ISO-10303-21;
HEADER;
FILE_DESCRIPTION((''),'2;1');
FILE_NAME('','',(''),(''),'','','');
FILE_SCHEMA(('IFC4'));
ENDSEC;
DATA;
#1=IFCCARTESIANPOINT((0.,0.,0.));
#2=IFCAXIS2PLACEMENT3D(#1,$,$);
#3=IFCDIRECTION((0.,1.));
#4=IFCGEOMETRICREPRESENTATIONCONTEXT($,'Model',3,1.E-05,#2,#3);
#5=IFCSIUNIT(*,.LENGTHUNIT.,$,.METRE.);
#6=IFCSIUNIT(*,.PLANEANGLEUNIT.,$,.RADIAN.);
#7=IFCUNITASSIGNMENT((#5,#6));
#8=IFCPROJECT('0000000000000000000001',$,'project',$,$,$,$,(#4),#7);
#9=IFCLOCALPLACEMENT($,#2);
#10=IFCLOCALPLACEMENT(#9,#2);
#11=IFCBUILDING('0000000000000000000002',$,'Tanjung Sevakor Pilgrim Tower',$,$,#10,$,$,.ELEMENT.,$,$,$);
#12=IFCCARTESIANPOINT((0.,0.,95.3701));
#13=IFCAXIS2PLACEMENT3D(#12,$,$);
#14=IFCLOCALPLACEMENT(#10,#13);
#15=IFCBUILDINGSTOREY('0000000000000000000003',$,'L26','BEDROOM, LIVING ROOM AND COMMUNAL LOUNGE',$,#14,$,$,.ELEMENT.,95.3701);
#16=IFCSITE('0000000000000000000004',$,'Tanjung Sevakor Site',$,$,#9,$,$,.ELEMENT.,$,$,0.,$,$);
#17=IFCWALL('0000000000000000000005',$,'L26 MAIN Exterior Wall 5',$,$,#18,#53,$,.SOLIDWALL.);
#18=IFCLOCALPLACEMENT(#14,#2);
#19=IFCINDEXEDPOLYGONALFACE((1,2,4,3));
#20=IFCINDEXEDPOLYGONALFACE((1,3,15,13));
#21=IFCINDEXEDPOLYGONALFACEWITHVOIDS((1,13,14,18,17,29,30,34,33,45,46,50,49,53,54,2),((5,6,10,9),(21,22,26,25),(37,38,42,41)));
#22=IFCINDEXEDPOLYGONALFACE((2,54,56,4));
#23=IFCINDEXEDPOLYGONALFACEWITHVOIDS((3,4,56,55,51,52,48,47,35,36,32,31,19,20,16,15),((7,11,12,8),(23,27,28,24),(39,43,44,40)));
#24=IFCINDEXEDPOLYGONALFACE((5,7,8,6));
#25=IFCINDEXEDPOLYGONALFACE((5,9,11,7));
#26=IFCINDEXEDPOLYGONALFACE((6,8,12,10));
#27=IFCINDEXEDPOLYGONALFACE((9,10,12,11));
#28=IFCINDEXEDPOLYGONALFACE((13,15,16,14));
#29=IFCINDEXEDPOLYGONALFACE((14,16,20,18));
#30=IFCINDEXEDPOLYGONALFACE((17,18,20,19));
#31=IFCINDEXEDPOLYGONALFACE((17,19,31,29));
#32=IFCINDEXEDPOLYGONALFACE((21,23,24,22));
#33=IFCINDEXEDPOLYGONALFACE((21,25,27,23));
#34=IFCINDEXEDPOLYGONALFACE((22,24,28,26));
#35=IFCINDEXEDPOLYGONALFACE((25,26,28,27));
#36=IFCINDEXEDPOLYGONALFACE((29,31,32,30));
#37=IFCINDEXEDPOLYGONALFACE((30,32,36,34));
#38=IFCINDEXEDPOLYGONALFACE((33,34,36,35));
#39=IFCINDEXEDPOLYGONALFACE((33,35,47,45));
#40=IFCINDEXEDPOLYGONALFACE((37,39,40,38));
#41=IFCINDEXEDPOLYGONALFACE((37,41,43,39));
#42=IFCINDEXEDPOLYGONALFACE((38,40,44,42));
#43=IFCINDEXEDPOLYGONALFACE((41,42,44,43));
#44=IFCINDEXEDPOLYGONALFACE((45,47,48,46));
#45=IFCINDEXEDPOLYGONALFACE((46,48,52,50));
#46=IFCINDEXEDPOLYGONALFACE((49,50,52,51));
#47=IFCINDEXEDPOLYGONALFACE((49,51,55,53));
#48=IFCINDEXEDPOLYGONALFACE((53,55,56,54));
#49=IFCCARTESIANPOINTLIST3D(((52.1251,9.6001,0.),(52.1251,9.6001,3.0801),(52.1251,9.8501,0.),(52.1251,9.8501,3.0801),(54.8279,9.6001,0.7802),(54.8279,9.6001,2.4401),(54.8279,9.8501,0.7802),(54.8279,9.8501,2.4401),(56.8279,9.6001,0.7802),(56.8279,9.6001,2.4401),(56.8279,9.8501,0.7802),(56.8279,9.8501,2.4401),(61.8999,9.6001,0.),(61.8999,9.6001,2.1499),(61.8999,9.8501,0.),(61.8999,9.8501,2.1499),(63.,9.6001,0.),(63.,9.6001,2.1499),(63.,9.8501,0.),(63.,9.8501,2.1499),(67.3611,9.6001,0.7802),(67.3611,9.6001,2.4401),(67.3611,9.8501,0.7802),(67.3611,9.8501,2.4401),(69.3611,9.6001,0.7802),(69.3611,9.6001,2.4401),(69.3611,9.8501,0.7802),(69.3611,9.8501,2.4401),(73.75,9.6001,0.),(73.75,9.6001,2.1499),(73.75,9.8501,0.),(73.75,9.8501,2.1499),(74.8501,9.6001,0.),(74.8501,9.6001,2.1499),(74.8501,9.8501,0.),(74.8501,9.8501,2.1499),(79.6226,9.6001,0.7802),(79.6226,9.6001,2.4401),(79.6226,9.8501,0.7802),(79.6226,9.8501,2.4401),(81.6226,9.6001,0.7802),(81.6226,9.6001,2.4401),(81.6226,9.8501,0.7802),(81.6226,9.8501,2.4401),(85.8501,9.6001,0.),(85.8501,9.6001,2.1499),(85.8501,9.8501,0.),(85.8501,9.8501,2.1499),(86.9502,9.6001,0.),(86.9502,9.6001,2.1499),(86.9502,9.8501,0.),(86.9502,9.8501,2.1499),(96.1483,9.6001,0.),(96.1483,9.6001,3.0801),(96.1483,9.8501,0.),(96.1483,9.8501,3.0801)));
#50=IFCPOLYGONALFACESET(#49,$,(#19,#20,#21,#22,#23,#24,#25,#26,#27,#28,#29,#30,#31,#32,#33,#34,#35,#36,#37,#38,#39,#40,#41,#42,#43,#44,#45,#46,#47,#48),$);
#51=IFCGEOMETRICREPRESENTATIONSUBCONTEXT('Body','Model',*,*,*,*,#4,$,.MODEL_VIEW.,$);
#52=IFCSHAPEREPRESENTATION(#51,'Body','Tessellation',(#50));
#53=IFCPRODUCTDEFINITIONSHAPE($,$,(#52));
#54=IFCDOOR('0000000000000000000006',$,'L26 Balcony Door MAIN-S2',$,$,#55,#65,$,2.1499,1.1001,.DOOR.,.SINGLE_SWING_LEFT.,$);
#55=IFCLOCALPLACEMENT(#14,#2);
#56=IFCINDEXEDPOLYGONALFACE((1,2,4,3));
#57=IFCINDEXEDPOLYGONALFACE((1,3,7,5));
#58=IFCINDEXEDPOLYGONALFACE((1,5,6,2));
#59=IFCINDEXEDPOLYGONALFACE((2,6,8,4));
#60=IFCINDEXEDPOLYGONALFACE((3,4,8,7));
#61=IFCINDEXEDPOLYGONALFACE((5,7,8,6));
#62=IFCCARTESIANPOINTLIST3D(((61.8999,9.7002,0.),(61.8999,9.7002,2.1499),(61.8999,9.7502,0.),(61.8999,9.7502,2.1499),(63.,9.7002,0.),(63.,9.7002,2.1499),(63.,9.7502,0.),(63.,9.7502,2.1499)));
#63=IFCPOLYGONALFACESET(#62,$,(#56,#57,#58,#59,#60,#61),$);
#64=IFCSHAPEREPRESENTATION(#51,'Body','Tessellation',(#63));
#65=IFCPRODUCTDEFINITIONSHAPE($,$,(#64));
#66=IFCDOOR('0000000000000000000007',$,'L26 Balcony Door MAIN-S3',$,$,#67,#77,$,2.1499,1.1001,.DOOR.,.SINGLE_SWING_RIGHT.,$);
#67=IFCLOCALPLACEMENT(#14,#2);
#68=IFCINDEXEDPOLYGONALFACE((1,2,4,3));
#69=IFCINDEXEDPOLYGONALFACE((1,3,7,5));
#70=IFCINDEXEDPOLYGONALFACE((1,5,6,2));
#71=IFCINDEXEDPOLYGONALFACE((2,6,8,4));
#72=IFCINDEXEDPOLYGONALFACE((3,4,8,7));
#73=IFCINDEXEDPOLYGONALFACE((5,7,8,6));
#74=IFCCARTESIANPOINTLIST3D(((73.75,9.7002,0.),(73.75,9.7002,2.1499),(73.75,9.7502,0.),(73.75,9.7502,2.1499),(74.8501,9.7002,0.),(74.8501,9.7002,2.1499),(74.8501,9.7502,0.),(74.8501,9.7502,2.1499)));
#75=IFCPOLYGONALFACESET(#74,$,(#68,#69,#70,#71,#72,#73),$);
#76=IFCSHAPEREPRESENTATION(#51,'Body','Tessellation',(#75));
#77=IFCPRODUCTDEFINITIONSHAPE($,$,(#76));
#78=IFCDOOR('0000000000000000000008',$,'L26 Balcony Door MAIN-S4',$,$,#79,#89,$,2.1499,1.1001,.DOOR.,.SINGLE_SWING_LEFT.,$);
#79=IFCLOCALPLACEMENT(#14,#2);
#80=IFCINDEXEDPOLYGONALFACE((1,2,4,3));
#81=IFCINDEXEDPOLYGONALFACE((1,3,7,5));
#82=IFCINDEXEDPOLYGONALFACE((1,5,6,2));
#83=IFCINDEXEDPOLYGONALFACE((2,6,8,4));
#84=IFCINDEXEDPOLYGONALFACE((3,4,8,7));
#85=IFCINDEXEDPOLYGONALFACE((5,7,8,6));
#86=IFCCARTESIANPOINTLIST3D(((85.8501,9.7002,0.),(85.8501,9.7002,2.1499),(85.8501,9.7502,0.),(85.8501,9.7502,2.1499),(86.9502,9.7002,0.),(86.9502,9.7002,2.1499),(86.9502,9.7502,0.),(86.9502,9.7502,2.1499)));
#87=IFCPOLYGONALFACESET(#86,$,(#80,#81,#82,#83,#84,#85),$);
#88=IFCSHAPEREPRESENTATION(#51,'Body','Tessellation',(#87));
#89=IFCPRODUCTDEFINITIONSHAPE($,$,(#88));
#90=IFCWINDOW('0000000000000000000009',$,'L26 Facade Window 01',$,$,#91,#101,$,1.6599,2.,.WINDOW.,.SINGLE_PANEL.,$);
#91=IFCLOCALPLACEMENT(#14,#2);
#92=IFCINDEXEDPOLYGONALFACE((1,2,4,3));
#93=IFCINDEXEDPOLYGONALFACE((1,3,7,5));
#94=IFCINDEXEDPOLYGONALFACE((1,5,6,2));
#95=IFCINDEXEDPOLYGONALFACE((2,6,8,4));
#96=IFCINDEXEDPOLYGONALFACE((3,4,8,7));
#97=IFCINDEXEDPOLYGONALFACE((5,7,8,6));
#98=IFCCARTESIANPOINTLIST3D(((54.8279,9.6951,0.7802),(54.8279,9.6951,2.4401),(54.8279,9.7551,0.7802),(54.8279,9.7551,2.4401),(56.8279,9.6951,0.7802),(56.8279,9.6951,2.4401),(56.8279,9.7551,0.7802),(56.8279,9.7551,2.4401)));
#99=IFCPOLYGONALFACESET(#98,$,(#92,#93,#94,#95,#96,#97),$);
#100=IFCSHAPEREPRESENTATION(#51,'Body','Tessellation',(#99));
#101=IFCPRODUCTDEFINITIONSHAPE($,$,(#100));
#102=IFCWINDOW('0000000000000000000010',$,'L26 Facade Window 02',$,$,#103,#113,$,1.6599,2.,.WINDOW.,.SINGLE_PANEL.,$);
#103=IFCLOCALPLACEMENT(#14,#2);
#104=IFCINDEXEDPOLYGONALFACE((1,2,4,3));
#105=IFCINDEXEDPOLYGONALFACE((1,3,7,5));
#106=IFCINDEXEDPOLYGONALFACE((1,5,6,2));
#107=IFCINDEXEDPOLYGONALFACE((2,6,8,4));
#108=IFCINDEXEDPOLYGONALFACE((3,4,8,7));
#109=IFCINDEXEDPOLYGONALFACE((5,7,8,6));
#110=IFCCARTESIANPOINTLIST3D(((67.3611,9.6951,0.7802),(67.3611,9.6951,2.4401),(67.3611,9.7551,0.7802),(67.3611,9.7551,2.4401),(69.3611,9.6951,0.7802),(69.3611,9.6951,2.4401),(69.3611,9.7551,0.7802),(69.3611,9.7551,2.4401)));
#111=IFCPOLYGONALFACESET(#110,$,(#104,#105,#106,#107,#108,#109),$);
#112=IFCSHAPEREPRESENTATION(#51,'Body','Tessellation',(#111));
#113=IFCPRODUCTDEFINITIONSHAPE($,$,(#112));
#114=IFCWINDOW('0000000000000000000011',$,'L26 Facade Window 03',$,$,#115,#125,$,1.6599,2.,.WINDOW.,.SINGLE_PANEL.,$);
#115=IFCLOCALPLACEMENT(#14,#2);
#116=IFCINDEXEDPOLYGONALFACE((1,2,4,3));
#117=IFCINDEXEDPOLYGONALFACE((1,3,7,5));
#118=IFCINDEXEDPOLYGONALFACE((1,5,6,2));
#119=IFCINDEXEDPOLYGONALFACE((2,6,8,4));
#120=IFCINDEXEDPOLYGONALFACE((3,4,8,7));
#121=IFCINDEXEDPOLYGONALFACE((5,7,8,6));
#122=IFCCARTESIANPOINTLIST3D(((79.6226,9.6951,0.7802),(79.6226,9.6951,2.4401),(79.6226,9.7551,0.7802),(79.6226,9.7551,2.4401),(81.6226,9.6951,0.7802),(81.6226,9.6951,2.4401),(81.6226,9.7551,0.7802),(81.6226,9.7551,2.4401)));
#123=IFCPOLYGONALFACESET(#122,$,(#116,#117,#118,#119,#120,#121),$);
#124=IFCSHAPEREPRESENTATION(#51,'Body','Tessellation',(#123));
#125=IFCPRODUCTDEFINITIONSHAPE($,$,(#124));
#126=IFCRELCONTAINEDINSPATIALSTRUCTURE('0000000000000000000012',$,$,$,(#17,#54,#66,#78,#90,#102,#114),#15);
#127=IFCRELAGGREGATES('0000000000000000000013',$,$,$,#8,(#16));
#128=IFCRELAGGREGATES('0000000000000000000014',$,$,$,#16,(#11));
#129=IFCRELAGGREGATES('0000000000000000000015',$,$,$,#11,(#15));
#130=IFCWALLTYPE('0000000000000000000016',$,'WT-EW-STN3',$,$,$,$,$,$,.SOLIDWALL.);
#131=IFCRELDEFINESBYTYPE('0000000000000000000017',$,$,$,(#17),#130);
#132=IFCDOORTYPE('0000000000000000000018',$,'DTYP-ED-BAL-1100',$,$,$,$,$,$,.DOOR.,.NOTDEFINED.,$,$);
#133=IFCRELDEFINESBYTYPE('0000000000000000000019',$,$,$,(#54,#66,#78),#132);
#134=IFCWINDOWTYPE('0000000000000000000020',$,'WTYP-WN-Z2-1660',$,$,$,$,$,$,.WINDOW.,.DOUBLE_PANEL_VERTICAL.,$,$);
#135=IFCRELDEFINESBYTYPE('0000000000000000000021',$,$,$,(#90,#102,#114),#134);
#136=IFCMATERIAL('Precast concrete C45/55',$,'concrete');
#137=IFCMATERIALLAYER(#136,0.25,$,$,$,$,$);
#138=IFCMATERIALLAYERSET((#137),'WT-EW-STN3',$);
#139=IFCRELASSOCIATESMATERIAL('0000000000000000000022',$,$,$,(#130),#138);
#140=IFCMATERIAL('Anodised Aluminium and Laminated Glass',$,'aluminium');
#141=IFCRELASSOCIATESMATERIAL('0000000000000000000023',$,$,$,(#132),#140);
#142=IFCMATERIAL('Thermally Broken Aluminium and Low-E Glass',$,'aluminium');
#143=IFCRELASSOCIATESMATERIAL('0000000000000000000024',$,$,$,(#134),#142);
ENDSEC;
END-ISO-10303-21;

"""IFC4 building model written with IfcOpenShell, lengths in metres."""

from ifc_helpers import new_model, si_unit, direction, frame, frame_2d, origin, place, context, subcontext, project, spatial, rectangle, extrude, material, layer, layer_set, type_object, element, fill, save


model = new_model("IFC4")

# Units and contexts
model_context = context("Model", 3, precision=1e-05, world=origin(), true_north=direction((0.0, 1.0)))
body_context = subcontext(model_context, "Body", "Model", "MODEL_VIEW")
ifc_project = project(units=[si_unit("LENGTHUNIT", "METRE"), si_unit("PLANEANGLEUNIT", "RADIAN")], contexts=[model_context])

# Site, building, storey
site_placement = place(None, origin())
site = spatial("IfcSite", under=ifc_project, at=site_placement, Name="Tanjung Sevakor Site", CompositionType="ELEMENT", RefElevation=0.0)
building_placement = place(site_placement, origin())
building = spatial("IfcBuilding", under=site, at=building_placement, Name="Tanjung Sevakor Pilgrim Tower", CompositionType="ELEMENT")
storey_placement = place(building_placement, frame((0.0, 0.0, 95.3701)))
storey = spatial("IfcBuildingStorey", under=building, at=storey_placement, Name="L26", Description="BEDROOM, LIVING ROOM AND COMMUNAL LOUNGE", CompositionType="ELEMENT", Elevation=95.3701)

# Shared definitions
ifc_material_1 = material(Name="Precast concrete C45/55", Category="concrete")
ifc_layer_1 = layer(ifc_material_1, 0.25)
ifc_layer_set_1 = layer_set([ifc_layer_1], Name="WT-EW-STN3")
wall_type_1 = type_object("IfcWallType", Name="WT-EW-STN3", PredefinedType="SOLIDWALL", material=ifc_layer_set_1)

# Wall, openings, doors, windows
wall_1_placement = place(storey_placement, frame((52.125, 9.7251, 0.0), z_axis=(0.0, 0.0, 1.0), x_axis=(1.0, 0.0, 0.0)))
wall_1 = element("IfcWall", 1, at=wall_1_placement, inside=storey, type_object=wall_type_1, Name="L26 MAIN Exterior Wall 5", PredefinedType="SOLIDWALL", context=body_context, shape_type="SweptSolid", body=[
    extrude(rectangle(XDim=44.0232, YDim=0.25, at=frame_2d((22.0117, 0.0))), origin(), (0.0, 0.0, 1.0), 3.0801),
])
opening_1_placement = place(wall_1_placement, frame((9.7749, 0.0, 0.0)))
opening_1 = element("IfcOpeningElement", 2, at=opening_1_placement, cuts=wall_1, PredefinedType="OPENING", context=body_context, shape_type="SweptSolid", body=[
    extrude(rectangle(XDim=1.1001, YDim=2.1499, at=frame_2d((0.55, 1.075))), frame((0.0, 0.135, 0.0), z_axis=(0.0, -1.0, 0.0), x_axis=(1.0, 0.0, 0.0)), (0.0, 0.0, 1.0), 0.27),
])
opening_2_placement = place(wall_1_placement, frame((21.625, 0.0, 0.0)))
opening_2 = element("IfcOpeningElement", 3, at=opening_2_placement, cuts=wall_1, PredefinedType="OPENING", context=body_context, shape_type="SweptSolid", body=[
    extrude(rectangle(XDim=1.1001, YDim=2.1499, at=frame_2d((0.55, 1.075))), frame((0.0, 0.135, 0.0), z_axis=(0.0, -1.0, 0.0), x_axis=(1.0, 0.0, 0.0)), (0.0, 0.0, 1.0), 0.27),
])
opening_3_placement = place(wall_1_placement, frame((33.7251, 0.0, 0.0)))
opening_3 = element("IfcOpeningElement", 4, at=opening_3_placement, cuts=wall_1, PredefinedType="OPENING", context=body_context, shape_type="SweptSolid", body=[
    extrude(rectangle(XDim=1.1001, YDim=2.1499, at=frame_2d((0.55, 1.075))), frame((0.0, 0.135, 0.0), z_axis=(0.0, -1.0, 0.0), x_axis=(1.0, 0.0, 0.0)), (0.0, 0.0, 1.0), 0.27),
])
opening_4_placement = place(wall_1_placement, frame((2.7029, 0.0, 0.78)))
opening_4 = element("IfcOpeningElement", 5, at=opening_4_placement, cuts=wall_1, PredefinedType="OPENING", context=body_context, shape_type="SweptSolid", body=[
    extrude(rectangle(XDim=2.0, YDim=1.6599, at=frame_2d((1.0, 0.8301))), frame((0.0, 0.135, 0.0), z_axis=(0.0, -1.0, 0.0), x_axis=(1.0, 0.0, 0.0)), (0.0, 0.0, 1.0), 0.27),
])
opening_5_placement = place(wall_1_placement, frame((15.2361, 0.0, 0.78)))
opening_5 = element("IfcOpeningElement", 6, at=opening_5_placement, cuts=wall_1, PredefinedType="OPENING", context=body_context, shape_type="SweptSolid", body=[
    extrude(rectangle(XDim=2.0, YDim=1.6599, at=frame_2d((1.0, 0.8301))), frame((0.0, 0.135, 0.0), z_axis=(0.0, -1.0, 0.0), x_axis=(1.0, 0.0, 0.0)), (0.0, 0.0, 1.0), 0.27),
])
opening_6_placement = place(wall_1_placement, frame((27.4976, 0.0, 0.78)))
opening_6 = element("IfcOpeningElement", 7, at=opening_6_placement, cuts=wall_1, PredefinedType="OPENING", context=body_context, shape_type="SweptSolid", body=[
    extrude(rectangle(XDim=2.0, YDim=1.6599, at=frame_2d((1.0, 0.8301))), frame((0.0, 0.135, 0.0), z_axis=(0.0, -1.0, 0.0), x_axis=(1.0, 0.0, 0.0)), (0.0, 0.0, 1.0), 0.27),
])
ifc_material_2 = material(Name="Anodised Aluminium and Laminated Glass", Category="aluminium")
door_type_1 = type_object("IfcDoorType", Name="DTYP-ED-BAL-1100", OperationType="NOTDEFINED", PredefinedType="DOOR", material=ifc_material_2)
door_1_placement = place(opening_1_placement, frame((1.1001, 0.0, 0.0), z_axis=(0.0, 0.0, 1.0), x_axis=(-1.0, 0.0, 0.0)))
door_1 = element("IfcDoor", 8, at=door_1_placement, inside=storey, type_object=door_type_1, Name="L26 Balcony Door MAIN-S2", OperationType="SINGLE_SWING_LEFT", OverallHeight=2.1499, OverallWidth=1.1001, PredefinedType="DOOR", context=body_context, shape_type="SweptSolid", body=[
    extrude(rectangle(XDim=1.1001, YDim=2.1499, at=frame_2d((0.55, 1.075))), frame((0.0, 0.0249, 0.0), z_axis=(0.0, -1.0, 0.0), x_axis=(1.0, 0.0, 0.0)), (0.0, 0.0, 1.0), 0.05),
])
fill(opening_1, door_1)
door_2_placement = place(opening_2_placement, frame((1.1001, 0.0, 0.0), z_axis=(0.0, 0.0, 1.0), x_axis=(-1.0, 0.0, 0.0)))
door_2 = element("IfcDoor", 9, at=door_2_placement, inside=storey, type_object=door_type_1, Name="L26 Balcony Door MAIN-S3", OperationType="SINGLE_SWING_RIGHT", OverallHeight=2.1499, OverallWidth=1.1001, PredefinedType="DOOR", context=body_context, shape_type="SweptSolid", body=[
    extrude(rectangle(XDim=1.1001, YDim=2.1499, at=frame_2d((0.55, 1.075))), frame((0.0, 0.0249, 0.0), z_axis=(0.0, -1.0, 0.0), x_axis=(1.0, 0.0, 0.0)), (0.0, 0.0, 1.0), 0.05),
])
fill(opening_2, door_2)
door_3_placement = place(opening_3_placement, frame((1.1001, 0.0, 0.0), z_axis=(0.0, 0.0, 1.0), x_axis=(-1.0, 0.0, 0.0)))
door_3 = element("IfcDoor", 10, at=door_3_placement, inside=storey, type_object=door_type_1, Name="L26 Balcony Door MAIN-S4", OperationType="SINGLE_SWING_LEFT", OverallHeight=2.1499, OverallWidth=1.1001, PredefinedType="DOOR", context=body_context, shape_type="SweptSolid", body=[
    extrude(rectangle(XDim=1.1001, YDim=2.1499, at=frame_2d((0.55, 1.075))), frame((0.0, 0.0249, 0.0), z_axis=(0.0, -1.0, 0.0), x_axis=(1.0, 0.0, 0.0)), (0.0, 0.0, 1.0), 0.05),
])
fill(opening_3, door_3)
ifc_material_3 = material(Name="Thermally Broken Aluminium and Low-E Glass", Category="aluminium")
window_type = type_object("IfcWindowType", Name="WTYP-WN-Z2-1660", PartitioningType="DOUBLE_PANEL_VERTICAL", PredefinedType="WINDOW", material=ifc_material_3)
window_1_placement = place(opening_4_placement, origin())
window_1 = element("IfcWindow", 11, at=window_1_placement, inside=storey, type_object=window_type, Name="L26 Facade Window 01", OverallHeight=1.6599, OverallWidth=2.0, PartitioningType="SINGLE_PANEL", PredefinedType="WINDOW", context=body_context, shape_type="SweptSolid", body=[
    extrude(rectangle(XDim=2.0, YDim=1.6599, at=frame_2d((1.0, 0.8301))), frame((0.0, 0.03, 0.0), z_axis=(0.0, -1.0, 0.0), x_axis=(1.0, 0.0, 0.0)), (0.0, 0.0, 1.0), 0.0601),
])
fill(opening_4, window_1)
window_2_placement = place(opening_5_placement, origin())
window_2 = element("IfcWindow", 12, at=window_2_placement, inside=storey, type_object=window_type, Name="L26 Facade Window 02", OverallHeight=1.6599, OverallWidth=2.0, PartitioningType="SINGLE_PANEL", PredefinedType="WINDOW", context=body_context, shape_type="SweptSolid", body=[
    extrude(rectangle(XDim=2.0, YDim=1.6599, at=frame_2d((1.0, 0.8301))), frame((0.0, 0.03, 0.0), z_axis=(0.0, -1.0, 0.0), x_axis=(1.0, 0.0, 0.0)), (0.0, 0.0, 1.0), 0.0601),
])
fill(opening_5, window_2)
window_3_placement = place(opening_6_placement, origin())
window_3 = element("IfcWindow", 13, at=window_3_placement, inside=storey, type_object=window_type, Name="L26 Facade Window 03", OverallHeight=1.6599, OverallWidth=2.0, PartitioningType="SINGLE_PANEL", PredefinedType="WINDOW", context=body_context, shape_type="SweptSolid", body=[
    extrude(rectangle(XDim=2.0, YDim=1.6599, at=frame_2d((1.0, 0.8301))), frame((0.0, 0.03, 0.0), z_axis=(0.0, -1.0, 0.0), x_axis=(1.0, 0.0, 0.0)), (0.0, 0.0, 1.0), 0.0601),
])
fill(opening_6, window_3)

save(model, "model.ifc")
